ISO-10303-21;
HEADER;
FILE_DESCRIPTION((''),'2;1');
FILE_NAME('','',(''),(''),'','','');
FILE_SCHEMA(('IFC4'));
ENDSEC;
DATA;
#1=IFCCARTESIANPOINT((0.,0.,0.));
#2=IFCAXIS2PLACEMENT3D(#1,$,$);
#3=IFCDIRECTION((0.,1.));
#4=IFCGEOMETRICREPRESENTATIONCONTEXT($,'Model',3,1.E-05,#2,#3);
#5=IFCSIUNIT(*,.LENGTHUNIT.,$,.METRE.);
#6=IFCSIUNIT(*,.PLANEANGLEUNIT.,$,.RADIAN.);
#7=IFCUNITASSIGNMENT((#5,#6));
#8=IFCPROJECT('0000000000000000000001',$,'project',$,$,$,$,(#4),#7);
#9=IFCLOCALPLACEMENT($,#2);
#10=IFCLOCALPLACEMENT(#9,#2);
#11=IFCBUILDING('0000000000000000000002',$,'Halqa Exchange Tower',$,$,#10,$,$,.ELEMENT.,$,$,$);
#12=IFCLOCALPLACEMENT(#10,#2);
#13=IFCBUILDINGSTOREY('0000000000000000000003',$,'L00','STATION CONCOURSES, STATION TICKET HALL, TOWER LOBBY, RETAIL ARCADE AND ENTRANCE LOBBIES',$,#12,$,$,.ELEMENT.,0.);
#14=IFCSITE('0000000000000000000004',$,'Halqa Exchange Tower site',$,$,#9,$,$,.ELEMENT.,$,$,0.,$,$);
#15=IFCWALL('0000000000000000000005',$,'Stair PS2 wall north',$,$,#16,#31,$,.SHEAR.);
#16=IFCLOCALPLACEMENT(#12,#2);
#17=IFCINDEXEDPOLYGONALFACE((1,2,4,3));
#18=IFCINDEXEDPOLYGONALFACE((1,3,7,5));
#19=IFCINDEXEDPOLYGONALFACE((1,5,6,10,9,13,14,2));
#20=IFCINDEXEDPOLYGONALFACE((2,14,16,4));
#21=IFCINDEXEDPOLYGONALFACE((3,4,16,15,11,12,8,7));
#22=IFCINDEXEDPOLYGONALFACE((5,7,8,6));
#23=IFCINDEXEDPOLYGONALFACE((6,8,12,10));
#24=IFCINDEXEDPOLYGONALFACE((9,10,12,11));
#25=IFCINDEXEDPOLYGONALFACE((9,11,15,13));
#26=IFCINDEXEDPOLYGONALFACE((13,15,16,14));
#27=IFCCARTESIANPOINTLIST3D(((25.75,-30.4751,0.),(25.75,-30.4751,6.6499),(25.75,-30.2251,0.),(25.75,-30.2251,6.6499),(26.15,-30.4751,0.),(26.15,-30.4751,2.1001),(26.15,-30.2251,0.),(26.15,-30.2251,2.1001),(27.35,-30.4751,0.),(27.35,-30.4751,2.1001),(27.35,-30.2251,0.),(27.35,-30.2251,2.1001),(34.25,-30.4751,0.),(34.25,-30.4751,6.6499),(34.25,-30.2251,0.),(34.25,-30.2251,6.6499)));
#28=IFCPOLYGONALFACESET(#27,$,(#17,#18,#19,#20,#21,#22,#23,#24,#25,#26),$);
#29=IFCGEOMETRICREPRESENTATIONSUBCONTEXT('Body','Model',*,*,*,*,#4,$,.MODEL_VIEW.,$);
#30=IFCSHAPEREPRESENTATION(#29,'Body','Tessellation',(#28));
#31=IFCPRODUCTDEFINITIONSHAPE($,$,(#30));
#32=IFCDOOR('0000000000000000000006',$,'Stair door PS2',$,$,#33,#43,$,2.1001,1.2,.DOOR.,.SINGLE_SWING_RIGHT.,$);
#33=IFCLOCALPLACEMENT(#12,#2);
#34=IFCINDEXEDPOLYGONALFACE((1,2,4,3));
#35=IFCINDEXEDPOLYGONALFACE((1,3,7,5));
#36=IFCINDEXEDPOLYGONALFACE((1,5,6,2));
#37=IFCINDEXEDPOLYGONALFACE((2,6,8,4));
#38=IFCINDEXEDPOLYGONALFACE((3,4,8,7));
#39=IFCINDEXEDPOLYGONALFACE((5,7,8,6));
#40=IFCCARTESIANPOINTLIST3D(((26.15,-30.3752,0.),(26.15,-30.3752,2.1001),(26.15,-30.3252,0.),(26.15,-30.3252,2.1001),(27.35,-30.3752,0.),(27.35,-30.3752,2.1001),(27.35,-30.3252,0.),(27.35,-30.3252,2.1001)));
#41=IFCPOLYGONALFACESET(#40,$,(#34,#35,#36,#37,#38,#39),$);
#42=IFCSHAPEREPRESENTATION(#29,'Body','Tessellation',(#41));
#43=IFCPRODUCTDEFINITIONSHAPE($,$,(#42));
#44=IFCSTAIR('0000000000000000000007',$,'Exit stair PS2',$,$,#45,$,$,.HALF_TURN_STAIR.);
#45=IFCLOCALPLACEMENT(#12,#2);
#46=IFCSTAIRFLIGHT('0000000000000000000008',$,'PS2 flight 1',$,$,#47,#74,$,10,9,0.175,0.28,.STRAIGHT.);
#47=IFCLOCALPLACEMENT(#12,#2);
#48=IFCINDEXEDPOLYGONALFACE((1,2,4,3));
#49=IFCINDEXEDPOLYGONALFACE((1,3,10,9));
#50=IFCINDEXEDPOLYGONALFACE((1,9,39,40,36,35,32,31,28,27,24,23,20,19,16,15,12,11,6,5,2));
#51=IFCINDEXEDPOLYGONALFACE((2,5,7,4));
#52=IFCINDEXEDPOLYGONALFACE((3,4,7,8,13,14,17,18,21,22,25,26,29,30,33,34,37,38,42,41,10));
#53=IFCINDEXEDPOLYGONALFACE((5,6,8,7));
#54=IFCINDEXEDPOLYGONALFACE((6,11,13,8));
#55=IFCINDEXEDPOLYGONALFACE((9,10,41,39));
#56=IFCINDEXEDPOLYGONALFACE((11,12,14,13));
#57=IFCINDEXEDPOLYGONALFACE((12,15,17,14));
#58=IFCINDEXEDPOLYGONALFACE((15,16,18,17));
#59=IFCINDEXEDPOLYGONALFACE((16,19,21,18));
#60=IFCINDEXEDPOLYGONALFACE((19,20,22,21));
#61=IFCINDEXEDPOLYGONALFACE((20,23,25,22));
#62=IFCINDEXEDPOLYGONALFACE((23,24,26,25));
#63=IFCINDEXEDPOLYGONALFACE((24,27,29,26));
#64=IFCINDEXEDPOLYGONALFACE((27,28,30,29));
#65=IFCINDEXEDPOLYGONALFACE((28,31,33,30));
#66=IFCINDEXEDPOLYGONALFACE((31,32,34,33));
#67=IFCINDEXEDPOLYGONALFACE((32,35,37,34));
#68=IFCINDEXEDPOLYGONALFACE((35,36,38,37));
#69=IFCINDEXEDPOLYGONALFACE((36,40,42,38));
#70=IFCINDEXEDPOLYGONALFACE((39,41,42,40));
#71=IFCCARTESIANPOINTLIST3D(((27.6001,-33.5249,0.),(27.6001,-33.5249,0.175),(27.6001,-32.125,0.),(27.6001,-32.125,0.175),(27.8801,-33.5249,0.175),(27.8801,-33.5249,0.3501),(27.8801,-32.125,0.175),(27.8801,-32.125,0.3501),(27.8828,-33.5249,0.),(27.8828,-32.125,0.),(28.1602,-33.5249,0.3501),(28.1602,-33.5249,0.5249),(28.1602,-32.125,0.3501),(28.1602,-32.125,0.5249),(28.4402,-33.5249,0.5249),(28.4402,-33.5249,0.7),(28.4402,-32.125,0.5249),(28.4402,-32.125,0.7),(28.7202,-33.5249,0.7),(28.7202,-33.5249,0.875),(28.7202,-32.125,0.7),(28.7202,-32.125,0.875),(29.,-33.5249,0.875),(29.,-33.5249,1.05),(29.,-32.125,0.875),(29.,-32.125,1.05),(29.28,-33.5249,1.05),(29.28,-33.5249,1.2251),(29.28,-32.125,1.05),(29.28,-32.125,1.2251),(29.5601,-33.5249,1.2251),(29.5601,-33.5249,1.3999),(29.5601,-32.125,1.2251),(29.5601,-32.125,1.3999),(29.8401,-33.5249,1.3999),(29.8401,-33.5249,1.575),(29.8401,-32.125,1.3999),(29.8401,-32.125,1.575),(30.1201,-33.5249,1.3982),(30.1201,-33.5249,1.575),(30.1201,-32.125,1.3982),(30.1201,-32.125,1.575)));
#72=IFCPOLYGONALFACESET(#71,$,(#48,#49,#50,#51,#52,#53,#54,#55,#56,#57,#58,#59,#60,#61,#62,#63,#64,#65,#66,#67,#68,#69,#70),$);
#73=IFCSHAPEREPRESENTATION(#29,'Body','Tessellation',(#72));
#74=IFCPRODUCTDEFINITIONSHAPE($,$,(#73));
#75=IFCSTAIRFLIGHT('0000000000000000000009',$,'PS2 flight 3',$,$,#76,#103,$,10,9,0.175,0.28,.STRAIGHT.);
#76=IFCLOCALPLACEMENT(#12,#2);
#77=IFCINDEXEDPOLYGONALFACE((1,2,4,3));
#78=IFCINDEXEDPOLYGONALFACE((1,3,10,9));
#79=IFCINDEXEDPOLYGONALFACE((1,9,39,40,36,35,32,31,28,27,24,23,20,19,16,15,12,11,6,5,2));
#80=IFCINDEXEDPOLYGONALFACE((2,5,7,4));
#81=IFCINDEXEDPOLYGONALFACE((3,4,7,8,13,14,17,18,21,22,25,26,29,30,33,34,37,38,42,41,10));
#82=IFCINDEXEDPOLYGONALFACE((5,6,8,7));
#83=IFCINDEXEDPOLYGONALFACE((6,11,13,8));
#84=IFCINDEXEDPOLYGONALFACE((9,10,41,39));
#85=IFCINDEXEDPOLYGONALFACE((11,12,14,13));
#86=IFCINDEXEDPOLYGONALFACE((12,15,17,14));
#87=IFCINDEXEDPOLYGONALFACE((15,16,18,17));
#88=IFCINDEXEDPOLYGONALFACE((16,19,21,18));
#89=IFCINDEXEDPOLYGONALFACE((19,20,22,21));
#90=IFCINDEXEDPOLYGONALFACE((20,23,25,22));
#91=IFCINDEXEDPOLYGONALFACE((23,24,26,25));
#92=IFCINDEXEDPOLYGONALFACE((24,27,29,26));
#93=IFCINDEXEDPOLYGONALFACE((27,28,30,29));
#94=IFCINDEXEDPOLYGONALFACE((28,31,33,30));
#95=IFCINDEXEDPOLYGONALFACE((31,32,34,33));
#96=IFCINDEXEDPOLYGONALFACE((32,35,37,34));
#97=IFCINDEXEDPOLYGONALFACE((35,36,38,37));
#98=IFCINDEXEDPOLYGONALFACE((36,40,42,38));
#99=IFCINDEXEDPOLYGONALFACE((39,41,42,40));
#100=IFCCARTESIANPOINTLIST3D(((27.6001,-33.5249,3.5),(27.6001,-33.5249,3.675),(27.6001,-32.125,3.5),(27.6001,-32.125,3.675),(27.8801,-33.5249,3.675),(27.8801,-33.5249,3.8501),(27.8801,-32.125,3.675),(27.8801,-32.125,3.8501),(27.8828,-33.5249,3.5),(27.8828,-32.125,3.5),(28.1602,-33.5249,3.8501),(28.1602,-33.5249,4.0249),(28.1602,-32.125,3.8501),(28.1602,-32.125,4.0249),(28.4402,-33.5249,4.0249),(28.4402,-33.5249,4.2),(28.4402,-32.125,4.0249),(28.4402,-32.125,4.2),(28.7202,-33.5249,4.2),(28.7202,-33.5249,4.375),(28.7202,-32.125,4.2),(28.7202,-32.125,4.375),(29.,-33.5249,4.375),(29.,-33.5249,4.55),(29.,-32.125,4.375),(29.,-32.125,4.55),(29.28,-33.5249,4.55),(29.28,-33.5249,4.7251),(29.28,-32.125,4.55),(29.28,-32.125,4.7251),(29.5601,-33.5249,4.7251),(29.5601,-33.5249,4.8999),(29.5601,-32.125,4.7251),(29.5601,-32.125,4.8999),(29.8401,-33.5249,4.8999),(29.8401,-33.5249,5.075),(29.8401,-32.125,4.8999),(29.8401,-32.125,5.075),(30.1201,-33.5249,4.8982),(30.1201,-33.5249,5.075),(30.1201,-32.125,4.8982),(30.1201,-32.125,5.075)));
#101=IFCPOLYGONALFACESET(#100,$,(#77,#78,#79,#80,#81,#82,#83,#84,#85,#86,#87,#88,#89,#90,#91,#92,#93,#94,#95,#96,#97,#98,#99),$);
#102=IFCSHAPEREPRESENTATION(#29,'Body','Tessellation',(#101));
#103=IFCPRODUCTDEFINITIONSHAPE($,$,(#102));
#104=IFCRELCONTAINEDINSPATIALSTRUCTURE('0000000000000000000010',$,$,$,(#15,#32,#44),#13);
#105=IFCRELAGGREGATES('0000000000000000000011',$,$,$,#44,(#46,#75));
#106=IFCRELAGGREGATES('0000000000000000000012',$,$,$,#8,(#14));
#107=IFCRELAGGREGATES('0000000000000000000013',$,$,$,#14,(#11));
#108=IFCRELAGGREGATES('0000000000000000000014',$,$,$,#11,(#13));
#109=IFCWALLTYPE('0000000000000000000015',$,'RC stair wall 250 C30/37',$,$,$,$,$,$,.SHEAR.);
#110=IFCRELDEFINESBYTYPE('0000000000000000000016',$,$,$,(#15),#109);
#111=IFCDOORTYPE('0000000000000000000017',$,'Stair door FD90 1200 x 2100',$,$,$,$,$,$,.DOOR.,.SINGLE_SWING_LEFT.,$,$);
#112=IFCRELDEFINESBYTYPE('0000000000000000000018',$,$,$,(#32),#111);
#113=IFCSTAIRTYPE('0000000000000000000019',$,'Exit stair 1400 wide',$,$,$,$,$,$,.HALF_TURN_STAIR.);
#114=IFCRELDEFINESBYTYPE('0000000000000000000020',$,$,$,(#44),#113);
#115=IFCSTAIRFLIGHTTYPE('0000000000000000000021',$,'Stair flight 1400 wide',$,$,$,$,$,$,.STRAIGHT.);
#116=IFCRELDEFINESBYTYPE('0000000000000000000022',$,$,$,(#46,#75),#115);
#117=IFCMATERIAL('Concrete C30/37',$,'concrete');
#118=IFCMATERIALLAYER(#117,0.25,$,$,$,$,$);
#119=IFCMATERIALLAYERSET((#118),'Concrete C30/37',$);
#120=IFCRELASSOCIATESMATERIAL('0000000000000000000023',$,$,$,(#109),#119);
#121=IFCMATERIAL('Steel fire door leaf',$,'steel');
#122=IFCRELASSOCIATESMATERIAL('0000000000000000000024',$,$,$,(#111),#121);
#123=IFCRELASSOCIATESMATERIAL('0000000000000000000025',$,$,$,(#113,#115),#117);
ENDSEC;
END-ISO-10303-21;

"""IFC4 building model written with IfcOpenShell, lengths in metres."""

from ifc_helpers import new_model, si_unit, direction, frame, frame_2d, origin, place, context, subcontext, project, spatial, polyline, rectangle, outline, extrude, material, layer, layer_set, type_object, element, fill, aggregate, save


model = new_model("IFC4")

# Units and contexts
model_context = context("Model", 3, precision=1e-05, world=origin(), true_north=direction((0.0, 1.0)))
body_context = subcontext(model_context, "Body", "Model", "MODEL_VIEW")
ifc_project = project(units=[si_unit("LENGTHUNIT", "METRE"), si_unit("PLANEANGLEUNIT", "RADIAN")], contexts=[model_context])

# Site, building, storey
site_placement = place(None, origin())
site = spatial("IfcSite", under=ifc_project, at=site_placement, Name="Halqa Exchange Tower site", CompositionType="ELEMENT", RefElevation=0.0)
building_placement = place(site_placement, origin())
building = spatial("IfcBuilding", under=site, at=building_placement, Name="Halqa Exchange Tower", CompositionType="ELEMENT")
storey_placement = place(building_placement, origin())
storey = spatial("IfcBuildingStorey", under=building, at=storey_placement, Name="L00", Description="STATION CONCOURSES, STATION TICKET HALL, TOWER LOBBY, RETAIL ARCADE AND ENTRANCE LOBBIES", CompositionType="ELEMENT", Elevation=0.0)

# Shared definitions
ifc_material_1 = material(Name="Steel fire door leaf", Category="steel")

# Shared definitions
ifc_material_2 = material(Name="Concrete C30/37", Category="concrete")

# Wall, opening, door
ifc_layer_1 = layer(ifc_material_2, 0.25)
ifc_layer_set_1 = layer_set([ifc_layer_1], Name="Concrete C30/37")
wall_type_1 = type_object("IfcWallType", Name="RC stair wall 250 C30/37", PredefinedType="SHEAR", material=ifc_layer_set_1)
wall_1_placement = place(storey_placement, frame((25.75, -30.3501, 0.0), z_axis=(0.0, 0.0, 1.0), x_axis=(1.0, 0.0, 0.0)))
wall_1 = element("IfcWall", 1, at=wall_1_placement, inside=storey, type_object=wall_type_1, Name="Stair PS2 wall north", PredefinedType="SHEAR", context=body_context, shape_type="SweptSolid", body=[
    extrude(rectangle(XDim=8.5, YDim=0.25, at=frame_2d((4.25, 0.0))), origin(), (0.0, 0.0, 1.0), 6.6499),
])
opening_1_placement = place(wall_1_placement, frame((0.3999, 0.0, 0.0)))
opening_1 = element("IfcOpeningElement", 2, at=opening_1_placement, cuts=wall_1, PredefinedType="OPENING", context=body_context, shape_type="SweptSolid", body=[
    extrude(rectangle(XDim=1.2, YDim=2.1001, at=frame_2d((0.6001, 1.05))), frame((0.0, 0.137, 0.0), z_axis=(0.0, -1.0, 0.0), x_axis=(1.0, 0.0, 0.0)), (0.0, 0.0, 1.0), 0.2739),
])
door_type_1 = type_object("IfcDoorType", Name="Stair door FD90 1200 x 2100", OperationType="SINGLE_SWING_LEFT", PredefinedType="DOOR", material=ifc_material_1)
door_1_placement = place(opening_1_placement, origin())
door_1 = element("IfcDoor", 3, at=door_1_placement, inside=storey, type_object=door_type_1, Name="Stair door PS2", OperationType="SINGLE_SWING_RIGHT", OverallHeight=2.1001, OverallWidth=1.2, PredefinedType="DOOR", context=body_context, shape_type="SweptSolid", body=[
    extrude(rectangle(XDim=1.2, YDim=2.1001, at=frame_2d((0.6001, 1.05))), frame((0.0, 0.0249, 0.0), z_axis=(0.0, -1.0, 0.0), x_axis=(1.0, 0.0, 0.0)), (0.0, 0.0, 1.0), 0.05),
])
fill(opening_1, door_1)

# Stair, stair flights
stair_type = type_object("IfcStairType", Name="Exit stair 1400 wide", PredefinedType="HALF_TURN_STAIR", material=ifc_material_2)
stair_placement = place(storey_placement, origin())
stair = element("IfcStair", 4, at=stair_placement, inside=storey, type_object=stair_type, Name="Exit stair PS2", PredefinedType="HALF_TURN_STAIR")
stair_flight_type = type_object("IfcStairFlightType", Name="Stair flight 1400 wide", PredefinedType="STRAIGHT", material=ifc_material_2)
stair_flight_1_placement = place(storey_placement, frame((27.6001, -32.825, 0.0), z_axis=(0.0, 0.0, 1.0), x_axis=(1.0, 0.0, 0.0)))
stair_flight_1 = element("IfcStairFlight", 5, at=stair_flight_1_placement, type_object=stair_flight_type, Name="PS2 flight 1", NumberOfRisers=10, NumberOfTreads=9, PredefinedType="STRAIGHT", RiserHeight=0.175, TreadLength=0.28, context=body_context, shape_type="SweptSolid", body=[
    extrude(outline(polyline([(0.0, 0.0), (0.0, 0.175), (0.28, 0.175), (0.28, 0.3501), (0.5601, 0.3501), (0.5601, 0.5249), (0.8401, 0.5249), (0.8401, 0.7), (1.1201, 0.7), (1.1201, 0.875), (1.3999, 0.875), (1.3999, 1.05), (1.6799, 1.05), (1.6799, 1.2251), (1.96, 1.2251), (1.96, 1.3999), (2.24, 1.3999), (2.24, 1.575), (2.52, 1.575), (2.52, 1.75), (2.52, 1.3982), (0.2827, 0.0), (0.0, 0.0)])), frame((0.0, 0.7, 0.0), z_axis=(0.0, -1.0, 0.0), x_axis=(1.0, 0.0, 0.0)), (0.0, 0.0, 1.0), 1.3999),
])
stair_flight_2_placement = place(storey_placement, frame((27.6001, -32.825, 3.5), z_axis=(0.0, 0.0, 1.0), x_axis=(1.0, 0.0, 0.0)))
stair_flight_2 = element("IfcStairFlight", 6, at=stair_flight_2_placement, type_object=stair_flight_type, Name="PS2 flight 3", NumberOfRisers=10, NumberOfTreads=9, PredefinedType="STRAIGHT", RiserHeight=0.175, TreadLength=0.28, context=body_context, shape_type="SweptSolid", body=[
    extrude(outline(polyline([(0.0, 0.0), (0.0, 0.175), (0.28, 0.175), (0.28, 0.3501), (0.5601, 0.3501), (0.5601, 0.5249), (0.8401, 0.5249), (0.8401, 0.7), (1.1201, 0.7), (1.1201, 0.875), (1.3999, 0.875), (1.3999, 1.05), (1.6799, 1.05), (1.6799, 1.2251), (1.96, 1.2251), (1.96, 1.3999), (2.24, 1.3999), (2.24, 1.575), (2.52, 1.575), (2.52, 1.75), (2.52, 1.3982), (0.2827, 0.0), (0.0, 0.0)])), frame((0.0, 0.7, 0.0), z_axis=(0.0, -1.0, 0.0), x_axis=(1.0, 0.0, 0.0)), (0.0, 0.0, 1.0), 1.3999),
])
aggregate(stair, [stair_flight_1, stair_flight_2])

save(model, "model.ifc")
